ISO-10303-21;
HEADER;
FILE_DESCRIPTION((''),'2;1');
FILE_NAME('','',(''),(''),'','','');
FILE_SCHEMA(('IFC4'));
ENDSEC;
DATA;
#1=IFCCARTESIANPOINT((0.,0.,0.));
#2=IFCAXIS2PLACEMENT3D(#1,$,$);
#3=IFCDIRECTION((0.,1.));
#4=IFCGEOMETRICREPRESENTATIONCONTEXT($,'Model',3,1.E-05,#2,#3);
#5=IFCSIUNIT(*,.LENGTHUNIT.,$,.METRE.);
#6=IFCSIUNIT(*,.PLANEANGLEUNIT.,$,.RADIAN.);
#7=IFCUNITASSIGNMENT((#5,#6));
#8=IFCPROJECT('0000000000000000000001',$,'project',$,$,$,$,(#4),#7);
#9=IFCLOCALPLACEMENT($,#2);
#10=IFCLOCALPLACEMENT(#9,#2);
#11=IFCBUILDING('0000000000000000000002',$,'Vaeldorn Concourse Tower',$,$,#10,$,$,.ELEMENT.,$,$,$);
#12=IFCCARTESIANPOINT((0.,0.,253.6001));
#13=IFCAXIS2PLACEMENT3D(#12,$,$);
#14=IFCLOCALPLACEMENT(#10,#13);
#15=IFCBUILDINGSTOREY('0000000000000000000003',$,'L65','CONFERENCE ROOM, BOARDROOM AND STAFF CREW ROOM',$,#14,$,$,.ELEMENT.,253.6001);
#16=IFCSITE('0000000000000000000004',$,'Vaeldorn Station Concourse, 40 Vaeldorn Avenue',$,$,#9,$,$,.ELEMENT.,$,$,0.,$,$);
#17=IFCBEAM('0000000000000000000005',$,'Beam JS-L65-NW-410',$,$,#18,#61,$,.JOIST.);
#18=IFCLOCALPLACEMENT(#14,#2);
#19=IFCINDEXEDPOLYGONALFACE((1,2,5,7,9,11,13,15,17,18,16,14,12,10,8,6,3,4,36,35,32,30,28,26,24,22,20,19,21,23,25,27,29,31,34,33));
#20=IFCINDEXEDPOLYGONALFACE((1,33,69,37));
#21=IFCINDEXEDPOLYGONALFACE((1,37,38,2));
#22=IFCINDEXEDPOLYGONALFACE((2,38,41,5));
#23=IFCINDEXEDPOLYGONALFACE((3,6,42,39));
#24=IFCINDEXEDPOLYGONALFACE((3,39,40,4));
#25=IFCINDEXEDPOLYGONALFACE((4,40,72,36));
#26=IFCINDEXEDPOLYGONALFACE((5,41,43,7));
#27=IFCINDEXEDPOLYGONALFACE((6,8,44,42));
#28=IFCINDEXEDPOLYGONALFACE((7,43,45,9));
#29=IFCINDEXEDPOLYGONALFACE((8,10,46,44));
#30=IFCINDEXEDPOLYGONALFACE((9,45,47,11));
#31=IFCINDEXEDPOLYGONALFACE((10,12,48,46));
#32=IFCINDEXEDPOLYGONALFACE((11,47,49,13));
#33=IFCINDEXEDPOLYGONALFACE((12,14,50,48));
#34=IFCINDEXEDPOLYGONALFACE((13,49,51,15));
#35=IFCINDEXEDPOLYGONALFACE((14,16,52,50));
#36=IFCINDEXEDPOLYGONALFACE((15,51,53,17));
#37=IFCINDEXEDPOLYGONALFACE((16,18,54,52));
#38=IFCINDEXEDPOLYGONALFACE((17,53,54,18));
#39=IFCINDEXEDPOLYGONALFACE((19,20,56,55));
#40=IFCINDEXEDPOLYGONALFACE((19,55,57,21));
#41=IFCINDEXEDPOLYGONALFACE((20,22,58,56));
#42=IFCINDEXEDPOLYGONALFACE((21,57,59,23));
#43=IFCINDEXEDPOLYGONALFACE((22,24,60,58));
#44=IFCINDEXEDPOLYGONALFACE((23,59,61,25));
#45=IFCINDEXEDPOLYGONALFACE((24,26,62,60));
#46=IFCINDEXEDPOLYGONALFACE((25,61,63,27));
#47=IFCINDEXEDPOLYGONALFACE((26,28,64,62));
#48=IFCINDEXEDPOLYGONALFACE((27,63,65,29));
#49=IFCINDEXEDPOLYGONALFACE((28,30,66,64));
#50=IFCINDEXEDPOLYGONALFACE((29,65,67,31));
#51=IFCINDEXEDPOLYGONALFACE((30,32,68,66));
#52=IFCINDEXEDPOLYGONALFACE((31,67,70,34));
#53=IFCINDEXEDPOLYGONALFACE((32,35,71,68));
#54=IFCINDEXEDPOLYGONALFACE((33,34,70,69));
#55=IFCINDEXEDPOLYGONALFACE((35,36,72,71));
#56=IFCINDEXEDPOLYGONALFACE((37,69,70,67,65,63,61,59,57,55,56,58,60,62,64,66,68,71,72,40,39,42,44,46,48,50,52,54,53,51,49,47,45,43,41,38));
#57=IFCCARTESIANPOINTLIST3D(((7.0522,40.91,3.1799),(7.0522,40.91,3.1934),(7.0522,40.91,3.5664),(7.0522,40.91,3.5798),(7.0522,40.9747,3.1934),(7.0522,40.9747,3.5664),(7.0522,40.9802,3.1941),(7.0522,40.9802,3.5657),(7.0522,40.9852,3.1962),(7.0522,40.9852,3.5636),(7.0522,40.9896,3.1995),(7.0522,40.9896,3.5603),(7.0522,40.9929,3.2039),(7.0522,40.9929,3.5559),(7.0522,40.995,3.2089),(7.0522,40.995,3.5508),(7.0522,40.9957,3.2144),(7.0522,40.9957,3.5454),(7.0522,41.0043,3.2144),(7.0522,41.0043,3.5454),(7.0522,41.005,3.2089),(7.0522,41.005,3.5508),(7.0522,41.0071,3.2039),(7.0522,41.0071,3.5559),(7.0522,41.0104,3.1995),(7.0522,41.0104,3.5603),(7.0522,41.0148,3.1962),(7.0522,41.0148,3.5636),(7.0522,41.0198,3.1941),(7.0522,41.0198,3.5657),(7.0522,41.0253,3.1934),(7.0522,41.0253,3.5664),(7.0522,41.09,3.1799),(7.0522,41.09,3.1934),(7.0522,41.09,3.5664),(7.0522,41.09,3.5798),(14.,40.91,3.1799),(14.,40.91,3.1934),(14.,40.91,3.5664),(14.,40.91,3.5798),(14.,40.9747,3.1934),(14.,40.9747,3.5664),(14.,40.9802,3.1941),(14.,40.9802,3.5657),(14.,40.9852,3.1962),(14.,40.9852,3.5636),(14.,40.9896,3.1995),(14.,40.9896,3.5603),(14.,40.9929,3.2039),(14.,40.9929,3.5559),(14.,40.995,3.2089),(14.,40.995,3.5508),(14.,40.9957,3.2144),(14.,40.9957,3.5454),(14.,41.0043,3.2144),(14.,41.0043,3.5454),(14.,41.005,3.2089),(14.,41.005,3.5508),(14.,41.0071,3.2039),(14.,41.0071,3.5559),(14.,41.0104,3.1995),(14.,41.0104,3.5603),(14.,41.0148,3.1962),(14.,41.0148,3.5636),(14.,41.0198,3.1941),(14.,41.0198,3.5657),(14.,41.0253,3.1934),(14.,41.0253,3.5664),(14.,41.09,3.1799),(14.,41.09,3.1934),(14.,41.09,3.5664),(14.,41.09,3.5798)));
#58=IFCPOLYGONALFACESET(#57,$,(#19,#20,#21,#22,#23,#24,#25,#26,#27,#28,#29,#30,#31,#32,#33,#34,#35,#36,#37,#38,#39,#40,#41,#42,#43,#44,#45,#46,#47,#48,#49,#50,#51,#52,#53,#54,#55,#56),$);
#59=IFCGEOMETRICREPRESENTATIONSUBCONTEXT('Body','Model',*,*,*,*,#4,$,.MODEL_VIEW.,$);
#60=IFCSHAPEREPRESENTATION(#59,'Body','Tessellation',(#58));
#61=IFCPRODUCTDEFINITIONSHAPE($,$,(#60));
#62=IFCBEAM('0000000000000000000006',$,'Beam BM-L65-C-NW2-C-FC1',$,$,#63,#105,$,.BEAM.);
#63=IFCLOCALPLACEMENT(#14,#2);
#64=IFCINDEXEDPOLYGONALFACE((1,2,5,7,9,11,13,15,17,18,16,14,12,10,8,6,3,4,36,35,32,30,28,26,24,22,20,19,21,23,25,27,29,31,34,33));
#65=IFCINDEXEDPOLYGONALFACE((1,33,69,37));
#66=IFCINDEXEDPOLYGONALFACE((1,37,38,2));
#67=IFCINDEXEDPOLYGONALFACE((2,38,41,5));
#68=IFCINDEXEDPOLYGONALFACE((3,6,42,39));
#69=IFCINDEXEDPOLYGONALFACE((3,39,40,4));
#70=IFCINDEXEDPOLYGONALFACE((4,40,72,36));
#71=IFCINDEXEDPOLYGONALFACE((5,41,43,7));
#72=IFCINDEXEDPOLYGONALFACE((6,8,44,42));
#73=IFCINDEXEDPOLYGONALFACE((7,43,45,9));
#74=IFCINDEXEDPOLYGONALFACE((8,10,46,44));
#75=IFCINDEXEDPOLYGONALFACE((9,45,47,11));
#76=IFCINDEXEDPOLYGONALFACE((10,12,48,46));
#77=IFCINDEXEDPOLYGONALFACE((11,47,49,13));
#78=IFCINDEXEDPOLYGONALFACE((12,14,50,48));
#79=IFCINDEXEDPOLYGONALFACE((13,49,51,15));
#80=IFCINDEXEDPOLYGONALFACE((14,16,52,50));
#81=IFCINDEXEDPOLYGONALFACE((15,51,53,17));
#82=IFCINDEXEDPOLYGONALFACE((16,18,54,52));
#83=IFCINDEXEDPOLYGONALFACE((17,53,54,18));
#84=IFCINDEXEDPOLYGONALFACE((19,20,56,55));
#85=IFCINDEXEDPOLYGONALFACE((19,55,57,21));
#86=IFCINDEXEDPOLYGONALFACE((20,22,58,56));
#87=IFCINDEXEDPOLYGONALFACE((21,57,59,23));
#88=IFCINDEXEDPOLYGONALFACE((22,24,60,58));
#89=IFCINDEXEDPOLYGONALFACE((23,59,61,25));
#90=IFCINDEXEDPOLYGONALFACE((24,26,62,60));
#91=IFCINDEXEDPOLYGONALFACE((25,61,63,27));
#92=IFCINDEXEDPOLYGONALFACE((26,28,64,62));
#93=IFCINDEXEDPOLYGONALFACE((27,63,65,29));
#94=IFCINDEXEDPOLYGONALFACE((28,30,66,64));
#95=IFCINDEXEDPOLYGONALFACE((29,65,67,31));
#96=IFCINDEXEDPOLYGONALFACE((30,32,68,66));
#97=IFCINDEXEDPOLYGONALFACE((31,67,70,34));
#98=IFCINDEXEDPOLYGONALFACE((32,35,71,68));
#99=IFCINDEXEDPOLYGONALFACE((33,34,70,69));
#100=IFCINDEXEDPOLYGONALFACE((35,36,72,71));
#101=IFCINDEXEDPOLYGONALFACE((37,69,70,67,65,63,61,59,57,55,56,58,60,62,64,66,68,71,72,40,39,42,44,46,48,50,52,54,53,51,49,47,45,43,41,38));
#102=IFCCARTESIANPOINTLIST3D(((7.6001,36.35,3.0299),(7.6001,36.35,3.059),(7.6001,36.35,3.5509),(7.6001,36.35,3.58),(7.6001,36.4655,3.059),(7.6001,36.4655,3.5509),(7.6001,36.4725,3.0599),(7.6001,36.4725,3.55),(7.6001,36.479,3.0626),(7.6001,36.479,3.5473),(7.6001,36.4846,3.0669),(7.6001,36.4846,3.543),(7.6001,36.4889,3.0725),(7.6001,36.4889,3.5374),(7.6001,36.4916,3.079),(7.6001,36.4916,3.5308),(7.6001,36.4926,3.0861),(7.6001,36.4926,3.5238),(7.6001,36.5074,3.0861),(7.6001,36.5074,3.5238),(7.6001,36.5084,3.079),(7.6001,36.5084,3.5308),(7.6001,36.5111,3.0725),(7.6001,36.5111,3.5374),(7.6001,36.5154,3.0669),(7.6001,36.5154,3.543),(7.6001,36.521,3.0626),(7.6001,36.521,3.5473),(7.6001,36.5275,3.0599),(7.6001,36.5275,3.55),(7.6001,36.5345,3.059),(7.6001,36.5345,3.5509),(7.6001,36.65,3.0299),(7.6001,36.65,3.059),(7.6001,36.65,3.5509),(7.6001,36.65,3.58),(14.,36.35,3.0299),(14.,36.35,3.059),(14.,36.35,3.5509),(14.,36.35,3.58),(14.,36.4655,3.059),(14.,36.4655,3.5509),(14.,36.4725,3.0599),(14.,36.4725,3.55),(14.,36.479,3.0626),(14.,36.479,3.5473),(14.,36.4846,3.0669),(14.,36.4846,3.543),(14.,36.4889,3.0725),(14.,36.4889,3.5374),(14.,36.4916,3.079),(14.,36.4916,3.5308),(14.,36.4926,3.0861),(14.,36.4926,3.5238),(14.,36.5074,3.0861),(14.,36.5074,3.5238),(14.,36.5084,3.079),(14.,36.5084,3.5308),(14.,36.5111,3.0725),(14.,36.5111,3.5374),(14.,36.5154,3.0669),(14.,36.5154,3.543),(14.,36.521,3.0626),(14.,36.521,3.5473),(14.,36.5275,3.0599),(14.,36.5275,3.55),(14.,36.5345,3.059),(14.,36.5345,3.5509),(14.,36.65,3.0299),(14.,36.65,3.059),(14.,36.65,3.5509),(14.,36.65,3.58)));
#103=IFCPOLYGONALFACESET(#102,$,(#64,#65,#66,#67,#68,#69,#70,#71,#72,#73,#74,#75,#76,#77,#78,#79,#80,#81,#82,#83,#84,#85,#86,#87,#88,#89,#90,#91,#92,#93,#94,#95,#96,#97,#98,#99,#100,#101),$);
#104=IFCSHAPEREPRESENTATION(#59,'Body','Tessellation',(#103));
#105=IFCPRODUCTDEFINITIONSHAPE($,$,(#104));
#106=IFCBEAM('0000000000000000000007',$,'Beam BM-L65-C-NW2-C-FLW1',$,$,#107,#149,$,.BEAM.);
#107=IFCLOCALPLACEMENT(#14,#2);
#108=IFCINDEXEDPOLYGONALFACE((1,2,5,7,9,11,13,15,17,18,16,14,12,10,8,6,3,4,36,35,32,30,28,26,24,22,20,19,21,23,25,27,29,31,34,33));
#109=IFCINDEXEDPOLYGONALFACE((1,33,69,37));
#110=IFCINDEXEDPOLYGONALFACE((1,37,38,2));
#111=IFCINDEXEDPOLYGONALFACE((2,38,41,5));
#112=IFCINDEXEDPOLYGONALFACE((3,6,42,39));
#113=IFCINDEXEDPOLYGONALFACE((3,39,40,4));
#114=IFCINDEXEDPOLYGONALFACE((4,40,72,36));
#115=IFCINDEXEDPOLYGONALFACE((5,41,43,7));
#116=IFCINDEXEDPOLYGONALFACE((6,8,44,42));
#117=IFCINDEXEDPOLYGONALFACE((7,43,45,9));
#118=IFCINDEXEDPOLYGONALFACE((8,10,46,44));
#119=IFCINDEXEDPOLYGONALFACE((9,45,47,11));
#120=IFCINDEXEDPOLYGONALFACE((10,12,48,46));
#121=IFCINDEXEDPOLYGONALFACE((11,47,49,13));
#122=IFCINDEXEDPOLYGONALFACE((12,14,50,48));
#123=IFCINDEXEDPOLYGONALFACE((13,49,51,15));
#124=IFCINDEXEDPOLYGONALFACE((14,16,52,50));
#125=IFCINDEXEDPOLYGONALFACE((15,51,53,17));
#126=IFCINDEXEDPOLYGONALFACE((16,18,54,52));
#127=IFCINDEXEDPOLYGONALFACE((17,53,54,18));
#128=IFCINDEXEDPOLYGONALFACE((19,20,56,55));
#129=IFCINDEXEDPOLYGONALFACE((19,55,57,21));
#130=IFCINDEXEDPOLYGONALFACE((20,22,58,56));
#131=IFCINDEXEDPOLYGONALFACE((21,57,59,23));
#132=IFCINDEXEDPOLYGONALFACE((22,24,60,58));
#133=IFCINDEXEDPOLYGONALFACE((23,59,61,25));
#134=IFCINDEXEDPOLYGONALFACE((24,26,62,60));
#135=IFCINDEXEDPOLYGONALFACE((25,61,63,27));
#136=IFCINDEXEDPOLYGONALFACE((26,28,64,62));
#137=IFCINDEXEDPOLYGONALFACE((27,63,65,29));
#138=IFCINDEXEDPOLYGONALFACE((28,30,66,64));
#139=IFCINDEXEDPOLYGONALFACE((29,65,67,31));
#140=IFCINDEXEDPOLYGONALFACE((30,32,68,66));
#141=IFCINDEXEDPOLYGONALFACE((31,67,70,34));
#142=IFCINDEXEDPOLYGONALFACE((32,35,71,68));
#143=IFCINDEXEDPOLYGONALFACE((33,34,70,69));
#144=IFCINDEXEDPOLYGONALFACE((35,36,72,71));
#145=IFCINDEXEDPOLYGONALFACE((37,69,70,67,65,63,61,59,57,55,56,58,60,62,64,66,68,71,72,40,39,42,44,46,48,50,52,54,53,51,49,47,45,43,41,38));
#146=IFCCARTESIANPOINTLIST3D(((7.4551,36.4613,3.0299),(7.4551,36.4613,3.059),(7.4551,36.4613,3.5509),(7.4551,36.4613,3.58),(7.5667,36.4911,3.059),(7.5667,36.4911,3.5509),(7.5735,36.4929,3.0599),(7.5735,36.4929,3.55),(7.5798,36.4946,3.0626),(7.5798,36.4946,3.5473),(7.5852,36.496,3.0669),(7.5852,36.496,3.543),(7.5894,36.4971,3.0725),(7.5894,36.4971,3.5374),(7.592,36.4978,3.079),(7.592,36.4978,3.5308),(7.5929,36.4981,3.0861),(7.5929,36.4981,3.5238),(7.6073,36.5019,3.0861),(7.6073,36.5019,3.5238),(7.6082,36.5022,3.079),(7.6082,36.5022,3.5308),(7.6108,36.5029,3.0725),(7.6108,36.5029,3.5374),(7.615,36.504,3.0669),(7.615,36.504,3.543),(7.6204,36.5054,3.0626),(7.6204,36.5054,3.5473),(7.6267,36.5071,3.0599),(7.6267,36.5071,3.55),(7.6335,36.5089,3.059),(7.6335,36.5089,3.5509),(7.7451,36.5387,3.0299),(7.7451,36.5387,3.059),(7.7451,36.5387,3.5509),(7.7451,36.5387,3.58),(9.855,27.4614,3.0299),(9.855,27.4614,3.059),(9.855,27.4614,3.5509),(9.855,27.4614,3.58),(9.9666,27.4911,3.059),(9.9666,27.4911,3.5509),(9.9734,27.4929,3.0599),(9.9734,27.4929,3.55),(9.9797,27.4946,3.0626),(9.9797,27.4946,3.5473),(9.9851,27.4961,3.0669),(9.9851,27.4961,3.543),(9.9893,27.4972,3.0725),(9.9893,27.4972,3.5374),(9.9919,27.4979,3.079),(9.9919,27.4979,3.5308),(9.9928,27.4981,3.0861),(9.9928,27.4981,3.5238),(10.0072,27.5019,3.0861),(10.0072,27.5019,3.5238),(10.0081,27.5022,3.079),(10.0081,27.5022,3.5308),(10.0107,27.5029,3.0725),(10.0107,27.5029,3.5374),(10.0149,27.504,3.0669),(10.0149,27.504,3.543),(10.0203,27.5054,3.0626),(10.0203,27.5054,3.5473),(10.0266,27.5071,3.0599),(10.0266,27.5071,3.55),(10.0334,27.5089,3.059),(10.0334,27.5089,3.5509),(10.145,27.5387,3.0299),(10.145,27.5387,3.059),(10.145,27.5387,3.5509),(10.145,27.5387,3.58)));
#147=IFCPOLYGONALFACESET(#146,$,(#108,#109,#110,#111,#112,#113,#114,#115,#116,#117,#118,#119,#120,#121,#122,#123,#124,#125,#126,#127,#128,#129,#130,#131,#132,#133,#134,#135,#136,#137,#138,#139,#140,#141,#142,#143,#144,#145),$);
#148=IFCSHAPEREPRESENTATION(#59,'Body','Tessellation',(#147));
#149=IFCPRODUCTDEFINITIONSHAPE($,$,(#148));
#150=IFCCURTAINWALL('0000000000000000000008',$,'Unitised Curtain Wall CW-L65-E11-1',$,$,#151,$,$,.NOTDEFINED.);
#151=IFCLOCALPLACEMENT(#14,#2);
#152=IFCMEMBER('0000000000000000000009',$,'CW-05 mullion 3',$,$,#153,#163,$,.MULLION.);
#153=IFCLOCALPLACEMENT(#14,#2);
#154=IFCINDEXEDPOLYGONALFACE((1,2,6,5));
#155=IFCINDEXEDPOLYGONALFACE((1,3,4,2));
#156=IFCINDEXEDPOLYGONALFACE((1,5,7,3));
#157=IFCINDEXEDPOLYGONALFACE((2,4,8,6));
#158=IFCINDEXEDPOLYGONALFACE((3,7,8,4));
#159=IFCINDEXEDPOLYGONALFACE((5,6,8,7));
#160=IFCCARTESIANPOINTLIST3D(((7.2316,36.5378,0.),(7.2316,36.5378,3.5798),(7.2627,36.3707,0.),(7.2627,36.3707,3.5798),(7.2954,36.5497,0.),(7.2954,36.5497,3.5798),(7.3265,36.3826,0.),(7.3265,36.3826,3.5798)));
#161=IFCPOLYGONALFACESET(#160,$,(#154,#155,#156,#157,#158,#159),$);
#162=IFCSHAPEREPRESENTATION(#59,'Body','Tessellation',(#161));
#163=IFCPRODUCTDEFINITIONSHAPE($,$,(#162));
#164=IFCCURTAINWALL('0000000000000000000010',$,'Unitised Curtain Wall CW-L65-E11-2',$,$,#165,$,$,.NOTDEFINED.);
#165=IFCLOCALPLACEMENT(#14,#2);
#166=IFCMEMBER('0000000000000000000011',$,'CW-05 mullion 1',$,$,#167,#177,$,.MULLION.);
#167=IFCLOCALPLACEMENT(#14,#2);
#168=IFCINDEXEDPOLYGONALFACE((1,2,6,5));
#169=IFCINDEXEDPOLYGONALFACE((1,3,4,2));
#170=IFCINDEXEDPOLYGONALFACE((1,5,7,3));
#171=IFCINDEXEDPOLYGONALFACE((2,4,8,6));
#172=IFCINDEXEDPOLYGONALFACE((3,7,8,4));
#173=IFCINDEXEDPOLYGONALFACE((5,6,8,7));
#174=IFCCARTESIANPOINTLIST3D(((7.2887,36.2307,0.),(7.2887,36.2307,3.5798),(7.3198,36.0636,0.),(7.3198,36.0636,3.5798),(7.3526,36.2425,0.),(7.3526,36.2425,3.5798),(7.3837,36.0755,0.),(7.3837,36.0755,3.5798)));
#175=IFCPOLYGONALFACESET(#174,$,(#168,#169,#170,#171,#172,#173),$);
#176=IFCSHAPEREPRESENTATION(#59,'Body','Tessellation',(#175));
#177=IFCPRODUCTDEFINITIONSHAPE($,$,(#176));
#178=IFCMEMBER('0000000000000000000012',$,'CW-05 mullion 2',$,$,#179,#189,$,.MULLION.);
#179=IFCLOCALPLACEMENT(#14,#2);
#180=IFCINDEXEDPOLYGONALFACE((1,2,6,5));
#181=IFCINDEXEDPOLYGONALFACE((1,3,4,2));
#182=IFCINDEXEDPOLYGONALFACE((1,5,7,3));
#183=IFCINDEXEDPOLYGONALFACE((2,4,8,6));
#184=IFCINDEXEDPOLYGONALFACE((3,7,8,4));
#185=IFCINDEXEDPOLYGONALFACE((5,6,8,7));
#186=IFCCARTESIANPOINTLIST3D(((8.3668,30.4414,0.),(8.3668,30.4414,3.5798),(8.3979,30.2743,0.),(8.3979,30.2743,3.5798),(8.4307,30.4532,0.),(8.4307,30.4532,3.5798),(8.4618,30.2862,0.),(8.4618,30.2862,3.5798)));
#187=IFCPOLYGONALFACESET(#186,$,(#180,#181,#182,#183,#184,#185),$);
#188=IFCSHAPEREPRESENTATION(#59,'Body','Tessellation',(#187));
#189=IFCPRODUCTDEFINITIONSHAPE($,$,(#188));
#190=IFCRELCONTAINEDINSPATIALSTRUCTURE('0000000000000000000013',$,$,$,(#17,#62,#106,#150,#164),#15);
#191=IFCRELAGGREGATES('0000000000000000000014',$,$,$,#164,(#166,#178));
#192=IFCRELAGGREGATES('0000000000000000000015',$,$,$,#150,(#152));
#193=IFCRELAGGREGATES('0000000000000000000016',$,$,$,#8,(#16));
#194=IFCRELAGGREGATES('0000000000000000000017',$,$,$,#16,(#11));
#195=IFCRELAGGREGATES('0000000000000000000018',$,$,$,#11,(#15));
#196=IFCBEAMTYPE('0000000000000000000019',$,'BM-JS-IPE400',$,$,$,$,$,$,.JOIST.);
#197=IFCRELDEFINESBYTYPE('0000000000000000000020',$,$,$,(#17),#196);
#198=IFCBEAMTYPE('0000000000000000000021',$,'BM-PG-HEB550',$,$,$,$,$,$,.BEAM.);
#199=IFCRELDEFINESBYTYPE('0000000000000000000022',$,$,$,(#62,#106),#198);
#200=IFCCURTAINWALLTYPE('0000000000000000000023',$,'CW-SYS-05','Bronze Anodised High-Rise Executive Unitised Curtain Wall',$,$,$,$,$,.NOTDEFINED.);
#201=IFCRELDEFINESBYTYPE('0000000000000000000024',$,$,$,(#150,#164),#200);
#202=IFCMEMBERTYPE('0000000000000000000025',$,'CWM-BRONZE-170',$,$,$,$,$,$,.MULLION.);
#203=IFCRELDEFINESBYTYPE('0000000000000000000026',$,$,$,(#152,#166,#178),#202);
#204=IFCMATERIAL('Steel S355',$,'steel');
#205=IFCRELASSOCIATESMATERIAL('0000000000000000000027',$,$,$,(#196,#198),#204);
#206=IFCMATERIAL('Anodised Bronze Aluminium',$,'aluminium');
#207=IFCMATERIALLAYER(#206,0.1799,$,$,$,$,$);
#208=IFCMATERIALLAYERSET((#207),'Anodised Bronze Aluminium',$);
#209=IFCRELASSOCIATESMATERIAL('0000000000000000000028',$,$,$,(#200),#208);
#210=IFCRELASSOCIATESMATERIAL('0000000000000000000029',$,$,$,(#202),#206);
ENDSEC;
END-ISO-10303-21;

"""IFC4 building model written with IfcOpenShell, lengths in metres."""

from ifc_helpers import new_model, si_unit, direction, frame, origin, origin_2d, place, context, subcontext, project, spatial, rectangle, i_section, extrude, source, transform, mapped, material, layer, layer_set, material_profile, profile_set, type_object, element, aggregate, save


model = new_model("IFC4")

# Units and contexts
model_context = context("Model", 3, precision=1e-05, world=origin(), true_north=direction((0.0, 1.0)))
body_context = subcontext(model_context, "Body", "Model", "MODEL_VIEW")
ifc_project = project(units=[si_unit("LENGTHUNIT", "METRE"), si_unit("PLANEANGLEUNIT", "RADIAN")], contexts=[model_context])

# Site, building, storey
site_placement = place(None, origin())
site = spatial("IfcSite", under=ifc_project, at=site_placement, Name="Vaeldorn Station Concourse, 40 Vaeldorn Avenue", CompositionType="ELEMENT", RefElevation=0.0)
building_placement = place(site_placement, origin())
building = spatial("IfcBuilding", under=site, at=building_placement, Name="Vaeldorn Concourse Tower", CompositionType="ELEMENT")
storey_placement = place(building_placement, frame((0.0, 0.0, 253.6001)))
storey = spatial("IfcBuildingStorey", under=building, at=storey_placement, Name="L65", Description="CONFERENCE ROOM, BOARDROOM AND STAFF CREW ROOM", CompositionType="ELEMENT", Elevation=253.6001)

# Shared definitions
ifc_material_1 = material(Name="Steel S355", Category="steel")

# Beams
ifc_material_profile_1 = material_profile(ifc_material_1, i_section(OverallWidth=0.1799, OverallDepth=0.3999, WebThickness=0.0085, FlangeThickness=0.0134, FilletRadius=0.021, at=origin_2d()), Name="IPE 400")
ifc_profile_set_1 = profile_set([ifc_material_profile_1], Name="Steel S355")
beam_type_1 = type_object("IfcBeamType", Name="BM-JS-IPE400", PredefinedType="JOIST", material=ifc_profile_set_1)
shared_shape_1 = source(origin(), body_context, "Body", "SweptSolid", [
    extrude(i_section(OverallWidth=0.1799, OverallDepth=0.3999, WebThickness=0.0085, FlangeThickness=0.0134, FilletRadius=0.021, at=origin_2d()), origin(), (0.0, 0.0, 1.0), 6.9478),
])
beam_1_placement = place(storey_placement, frame((7.0522, 41.0, 3.3799), z_axis=(1.0, 0.0, 0.0), x_axis=(0.0, 1.0, 0.0)))
element("IfcBeam", 1, at=beam_1_placement, inside=storey, type_object=beam_type_1, Name="Beam JS-L65-NW-410", PredefinedType="JOIST", context=body_context, shape_type="MappedRepresentation", body=[
    mapped(shared_shape_1, transform((0.0, 0.0, 0.0), scale=1.0)),
])
ifc_material_profile_2 = material_profile(ifc_material_1, i_section(OverallWidth=0.3, OverallDepth=0.55, WebThickness=0.0149, FlangeThickness=0.0291, FilletRadius=0.0271, at=origin_2d()), Name="HEB 550")
ifc_profile_set_2 = profile_set([ifc_material_profile_2], Name="Steel S355")
beam_type_2 = type_object("IfcBeamType", Name="BM-PG-HEB550", PredefinedType="BEAM", material=ifc_profile_set_2)
shared_shape_2 = source(origin(), body_context, "Body", "SweptSolid", [
    extrude(i_section(OverallWidth=0.3, OverallDepth=0.55, WebThickness=0.0149, FlangeThickness=0.0291, FilletRadius=0.0271, at=origin_2d()), origin(), (0.0, 0.0, 1.0), 6.3999),
])
beam_2_placement = place(storey_placement, frame((7.6001, 36.5, 3.3049), z_axis=(1.0, 0.0, 0.0), x_axis=(0.0, 1.0, 0.0)))
element("IfcBeam", 2, at=beam_2_placement, inside=storey, type_object=beam_type_2, Name="Beam BM-L65-C-NW2-C-FC1", PredefinedType="BEAM", context=body_context, shape_type="MappedRepresentation", body=[
    mapped(shared_shape_2, transform((0.0, 0.0, 0.0), scale=1.0)),
])
shared_shape_3 = source(origin(), body_context, "Body", "SweptSolid", [
    extrude(i_section(OverallWidth=0.3, OverallDepth=0.55, WebThickness=0.0149, FlangeThickness=0.0291, FilletRadius=0.0271, at=origin_2d()), origin(), (0.0, 0.0, 1.0), 9.3145),
])
beam_3_placement = place(storey_placement, frame((7.6001, 36.5, 3.3049), z_axis=(0.257653, -0.966238, 0.0), x_axis=(0.966238, 0.257653, 0.0)))
element("IfcBeam", 3, at=beam_3_placement, inside=storey, type_object=beam_type_2, Name="Beam BM-L65-C-NW2-C-FLW1", PredefinedType="BEAM", context=body_context, shape_type="MappedRepresentation", body=[
    mapped(shared_shape_3, transform((0.0, 0.0, 0.0), scale=1.0)),
])

# Curtain wall, member
ifc_material_2 = material(Name="Anodised Bronze Aluminium", Category="aluminium")
ifc_layer_1 = layer(ifc_material_2, 0.1799)
ifc_layer_set_1 = layer_set([ifc_layer_1], Name="Anodised Bronze Aluminium")
curtain_wall_type = type_object("IfcCurtainWallType", Name="CW-SYS-05", Description="Bronze Anodised High-Rise Executive Unitised Curtain Wall", PredefinedType="NOTDEFINED", material=ifc_layer_set_1)
curtain_wall_1_placement = place(storey_placement, origin())
curtain_wall_1 = element("IfcCurtainWall", 4, at=curtain_wall_1_placement, inside=storey, type_object=curtain_wall_type, Name="Unitised Curtain Wall CW-L65-E11-1", PredefinedType="NOTDEFINED")
ifc_material_profile_3 = material_profile(ifc_material_2, rectangle(XDim=0.0649, YDim=0.1699, at=origin_2d()), Name="CWM 65x170")
ifc_profile_set_3 = profile_set([ifc_material_profile_3], Name="Anodised Bronze Aluminium")
member_type_1 = type_object("IfcMemberType", Name="CWM-BRONZE-170", PredefinedType="MULLION", material=ifc_profile_set_3)
shared_shape_4 = source(origin(), body_context, "Body", "SweptSolid", [
    extrude(rectangle(XDim=0.0649, YDim=0.1699, at=origin_2d()), origin(), (0.0, 0.0, 1.0), 3.5798),
])
member_1_placement = place(storey_placement, frame((7.2791, 36.4602, 0.0), z_axis=(0.0, 0.0, 1.0), x_axis=(0.983103, 0.183054, 0.0)))
member_1 = element("IfcMember", 5, at=member_1_placement, type_object=member_type_1, Name="CW-05 mullion 3", PredefinedType="MULLION", context=body_context, shape_type="MappedRepresentation", body=[
    mapped(shared_shape_4, transform((0.0, 0.0, 0.0), scale=1.0)),
])

# Curtain wall, members
curtain_wall_2_placement = place(storey_placement, origin())
curtain_wall_2 = element("IfcCurtainWall", 6, at=curtain_wall_2_placement, inside=storey, type_object=curtain_wall_type, Name="Unitised Curtain Wall CW-L65-E11-2", PredefinedType="NOTDEFINED")
member_2_placement = place(storey_placement, frame((7.3362, 36.1531, 0.0), z_axis=(0.0, 0.0, 1.0), x_axis=(0.983103, 0.183055, 0.0)))
member_2 = element("IfcMember", 7, at=member_2_placement, type_object=member_type_1, Name="CW-05 mullion 1", PredefinedType="MULLION", context=body_context, shape_type="MappedRepresentation", body=[
    mapped(shared_shape_4, transform((0.0, 0.0, 0.0), scale=1.0)),
])
member_3_placement = place(storey_placement, frame((8.4143, 30.3638, 0.0), z_axis=(0.0, 0.0, 1.0), x_axis=(0.983103, 0.183055, 0.0)))
member_3 = element("IfcMember", 8, at=member_3_placement, type_object=member_type_1, Name="CW-05 mullion 2", PredefinedType="MULLION", context=body_context, shape_type="MappedRepresentation", body=[
    mapped(shared_shape_4, transform((0.0, 0.0, 0.0), scale=1.0)),
])

aggregate(curtain_wall_2, [member_2, member_3])
aggregate(curtain_wall_1, [member_1])

save(model, "model.ifc")
